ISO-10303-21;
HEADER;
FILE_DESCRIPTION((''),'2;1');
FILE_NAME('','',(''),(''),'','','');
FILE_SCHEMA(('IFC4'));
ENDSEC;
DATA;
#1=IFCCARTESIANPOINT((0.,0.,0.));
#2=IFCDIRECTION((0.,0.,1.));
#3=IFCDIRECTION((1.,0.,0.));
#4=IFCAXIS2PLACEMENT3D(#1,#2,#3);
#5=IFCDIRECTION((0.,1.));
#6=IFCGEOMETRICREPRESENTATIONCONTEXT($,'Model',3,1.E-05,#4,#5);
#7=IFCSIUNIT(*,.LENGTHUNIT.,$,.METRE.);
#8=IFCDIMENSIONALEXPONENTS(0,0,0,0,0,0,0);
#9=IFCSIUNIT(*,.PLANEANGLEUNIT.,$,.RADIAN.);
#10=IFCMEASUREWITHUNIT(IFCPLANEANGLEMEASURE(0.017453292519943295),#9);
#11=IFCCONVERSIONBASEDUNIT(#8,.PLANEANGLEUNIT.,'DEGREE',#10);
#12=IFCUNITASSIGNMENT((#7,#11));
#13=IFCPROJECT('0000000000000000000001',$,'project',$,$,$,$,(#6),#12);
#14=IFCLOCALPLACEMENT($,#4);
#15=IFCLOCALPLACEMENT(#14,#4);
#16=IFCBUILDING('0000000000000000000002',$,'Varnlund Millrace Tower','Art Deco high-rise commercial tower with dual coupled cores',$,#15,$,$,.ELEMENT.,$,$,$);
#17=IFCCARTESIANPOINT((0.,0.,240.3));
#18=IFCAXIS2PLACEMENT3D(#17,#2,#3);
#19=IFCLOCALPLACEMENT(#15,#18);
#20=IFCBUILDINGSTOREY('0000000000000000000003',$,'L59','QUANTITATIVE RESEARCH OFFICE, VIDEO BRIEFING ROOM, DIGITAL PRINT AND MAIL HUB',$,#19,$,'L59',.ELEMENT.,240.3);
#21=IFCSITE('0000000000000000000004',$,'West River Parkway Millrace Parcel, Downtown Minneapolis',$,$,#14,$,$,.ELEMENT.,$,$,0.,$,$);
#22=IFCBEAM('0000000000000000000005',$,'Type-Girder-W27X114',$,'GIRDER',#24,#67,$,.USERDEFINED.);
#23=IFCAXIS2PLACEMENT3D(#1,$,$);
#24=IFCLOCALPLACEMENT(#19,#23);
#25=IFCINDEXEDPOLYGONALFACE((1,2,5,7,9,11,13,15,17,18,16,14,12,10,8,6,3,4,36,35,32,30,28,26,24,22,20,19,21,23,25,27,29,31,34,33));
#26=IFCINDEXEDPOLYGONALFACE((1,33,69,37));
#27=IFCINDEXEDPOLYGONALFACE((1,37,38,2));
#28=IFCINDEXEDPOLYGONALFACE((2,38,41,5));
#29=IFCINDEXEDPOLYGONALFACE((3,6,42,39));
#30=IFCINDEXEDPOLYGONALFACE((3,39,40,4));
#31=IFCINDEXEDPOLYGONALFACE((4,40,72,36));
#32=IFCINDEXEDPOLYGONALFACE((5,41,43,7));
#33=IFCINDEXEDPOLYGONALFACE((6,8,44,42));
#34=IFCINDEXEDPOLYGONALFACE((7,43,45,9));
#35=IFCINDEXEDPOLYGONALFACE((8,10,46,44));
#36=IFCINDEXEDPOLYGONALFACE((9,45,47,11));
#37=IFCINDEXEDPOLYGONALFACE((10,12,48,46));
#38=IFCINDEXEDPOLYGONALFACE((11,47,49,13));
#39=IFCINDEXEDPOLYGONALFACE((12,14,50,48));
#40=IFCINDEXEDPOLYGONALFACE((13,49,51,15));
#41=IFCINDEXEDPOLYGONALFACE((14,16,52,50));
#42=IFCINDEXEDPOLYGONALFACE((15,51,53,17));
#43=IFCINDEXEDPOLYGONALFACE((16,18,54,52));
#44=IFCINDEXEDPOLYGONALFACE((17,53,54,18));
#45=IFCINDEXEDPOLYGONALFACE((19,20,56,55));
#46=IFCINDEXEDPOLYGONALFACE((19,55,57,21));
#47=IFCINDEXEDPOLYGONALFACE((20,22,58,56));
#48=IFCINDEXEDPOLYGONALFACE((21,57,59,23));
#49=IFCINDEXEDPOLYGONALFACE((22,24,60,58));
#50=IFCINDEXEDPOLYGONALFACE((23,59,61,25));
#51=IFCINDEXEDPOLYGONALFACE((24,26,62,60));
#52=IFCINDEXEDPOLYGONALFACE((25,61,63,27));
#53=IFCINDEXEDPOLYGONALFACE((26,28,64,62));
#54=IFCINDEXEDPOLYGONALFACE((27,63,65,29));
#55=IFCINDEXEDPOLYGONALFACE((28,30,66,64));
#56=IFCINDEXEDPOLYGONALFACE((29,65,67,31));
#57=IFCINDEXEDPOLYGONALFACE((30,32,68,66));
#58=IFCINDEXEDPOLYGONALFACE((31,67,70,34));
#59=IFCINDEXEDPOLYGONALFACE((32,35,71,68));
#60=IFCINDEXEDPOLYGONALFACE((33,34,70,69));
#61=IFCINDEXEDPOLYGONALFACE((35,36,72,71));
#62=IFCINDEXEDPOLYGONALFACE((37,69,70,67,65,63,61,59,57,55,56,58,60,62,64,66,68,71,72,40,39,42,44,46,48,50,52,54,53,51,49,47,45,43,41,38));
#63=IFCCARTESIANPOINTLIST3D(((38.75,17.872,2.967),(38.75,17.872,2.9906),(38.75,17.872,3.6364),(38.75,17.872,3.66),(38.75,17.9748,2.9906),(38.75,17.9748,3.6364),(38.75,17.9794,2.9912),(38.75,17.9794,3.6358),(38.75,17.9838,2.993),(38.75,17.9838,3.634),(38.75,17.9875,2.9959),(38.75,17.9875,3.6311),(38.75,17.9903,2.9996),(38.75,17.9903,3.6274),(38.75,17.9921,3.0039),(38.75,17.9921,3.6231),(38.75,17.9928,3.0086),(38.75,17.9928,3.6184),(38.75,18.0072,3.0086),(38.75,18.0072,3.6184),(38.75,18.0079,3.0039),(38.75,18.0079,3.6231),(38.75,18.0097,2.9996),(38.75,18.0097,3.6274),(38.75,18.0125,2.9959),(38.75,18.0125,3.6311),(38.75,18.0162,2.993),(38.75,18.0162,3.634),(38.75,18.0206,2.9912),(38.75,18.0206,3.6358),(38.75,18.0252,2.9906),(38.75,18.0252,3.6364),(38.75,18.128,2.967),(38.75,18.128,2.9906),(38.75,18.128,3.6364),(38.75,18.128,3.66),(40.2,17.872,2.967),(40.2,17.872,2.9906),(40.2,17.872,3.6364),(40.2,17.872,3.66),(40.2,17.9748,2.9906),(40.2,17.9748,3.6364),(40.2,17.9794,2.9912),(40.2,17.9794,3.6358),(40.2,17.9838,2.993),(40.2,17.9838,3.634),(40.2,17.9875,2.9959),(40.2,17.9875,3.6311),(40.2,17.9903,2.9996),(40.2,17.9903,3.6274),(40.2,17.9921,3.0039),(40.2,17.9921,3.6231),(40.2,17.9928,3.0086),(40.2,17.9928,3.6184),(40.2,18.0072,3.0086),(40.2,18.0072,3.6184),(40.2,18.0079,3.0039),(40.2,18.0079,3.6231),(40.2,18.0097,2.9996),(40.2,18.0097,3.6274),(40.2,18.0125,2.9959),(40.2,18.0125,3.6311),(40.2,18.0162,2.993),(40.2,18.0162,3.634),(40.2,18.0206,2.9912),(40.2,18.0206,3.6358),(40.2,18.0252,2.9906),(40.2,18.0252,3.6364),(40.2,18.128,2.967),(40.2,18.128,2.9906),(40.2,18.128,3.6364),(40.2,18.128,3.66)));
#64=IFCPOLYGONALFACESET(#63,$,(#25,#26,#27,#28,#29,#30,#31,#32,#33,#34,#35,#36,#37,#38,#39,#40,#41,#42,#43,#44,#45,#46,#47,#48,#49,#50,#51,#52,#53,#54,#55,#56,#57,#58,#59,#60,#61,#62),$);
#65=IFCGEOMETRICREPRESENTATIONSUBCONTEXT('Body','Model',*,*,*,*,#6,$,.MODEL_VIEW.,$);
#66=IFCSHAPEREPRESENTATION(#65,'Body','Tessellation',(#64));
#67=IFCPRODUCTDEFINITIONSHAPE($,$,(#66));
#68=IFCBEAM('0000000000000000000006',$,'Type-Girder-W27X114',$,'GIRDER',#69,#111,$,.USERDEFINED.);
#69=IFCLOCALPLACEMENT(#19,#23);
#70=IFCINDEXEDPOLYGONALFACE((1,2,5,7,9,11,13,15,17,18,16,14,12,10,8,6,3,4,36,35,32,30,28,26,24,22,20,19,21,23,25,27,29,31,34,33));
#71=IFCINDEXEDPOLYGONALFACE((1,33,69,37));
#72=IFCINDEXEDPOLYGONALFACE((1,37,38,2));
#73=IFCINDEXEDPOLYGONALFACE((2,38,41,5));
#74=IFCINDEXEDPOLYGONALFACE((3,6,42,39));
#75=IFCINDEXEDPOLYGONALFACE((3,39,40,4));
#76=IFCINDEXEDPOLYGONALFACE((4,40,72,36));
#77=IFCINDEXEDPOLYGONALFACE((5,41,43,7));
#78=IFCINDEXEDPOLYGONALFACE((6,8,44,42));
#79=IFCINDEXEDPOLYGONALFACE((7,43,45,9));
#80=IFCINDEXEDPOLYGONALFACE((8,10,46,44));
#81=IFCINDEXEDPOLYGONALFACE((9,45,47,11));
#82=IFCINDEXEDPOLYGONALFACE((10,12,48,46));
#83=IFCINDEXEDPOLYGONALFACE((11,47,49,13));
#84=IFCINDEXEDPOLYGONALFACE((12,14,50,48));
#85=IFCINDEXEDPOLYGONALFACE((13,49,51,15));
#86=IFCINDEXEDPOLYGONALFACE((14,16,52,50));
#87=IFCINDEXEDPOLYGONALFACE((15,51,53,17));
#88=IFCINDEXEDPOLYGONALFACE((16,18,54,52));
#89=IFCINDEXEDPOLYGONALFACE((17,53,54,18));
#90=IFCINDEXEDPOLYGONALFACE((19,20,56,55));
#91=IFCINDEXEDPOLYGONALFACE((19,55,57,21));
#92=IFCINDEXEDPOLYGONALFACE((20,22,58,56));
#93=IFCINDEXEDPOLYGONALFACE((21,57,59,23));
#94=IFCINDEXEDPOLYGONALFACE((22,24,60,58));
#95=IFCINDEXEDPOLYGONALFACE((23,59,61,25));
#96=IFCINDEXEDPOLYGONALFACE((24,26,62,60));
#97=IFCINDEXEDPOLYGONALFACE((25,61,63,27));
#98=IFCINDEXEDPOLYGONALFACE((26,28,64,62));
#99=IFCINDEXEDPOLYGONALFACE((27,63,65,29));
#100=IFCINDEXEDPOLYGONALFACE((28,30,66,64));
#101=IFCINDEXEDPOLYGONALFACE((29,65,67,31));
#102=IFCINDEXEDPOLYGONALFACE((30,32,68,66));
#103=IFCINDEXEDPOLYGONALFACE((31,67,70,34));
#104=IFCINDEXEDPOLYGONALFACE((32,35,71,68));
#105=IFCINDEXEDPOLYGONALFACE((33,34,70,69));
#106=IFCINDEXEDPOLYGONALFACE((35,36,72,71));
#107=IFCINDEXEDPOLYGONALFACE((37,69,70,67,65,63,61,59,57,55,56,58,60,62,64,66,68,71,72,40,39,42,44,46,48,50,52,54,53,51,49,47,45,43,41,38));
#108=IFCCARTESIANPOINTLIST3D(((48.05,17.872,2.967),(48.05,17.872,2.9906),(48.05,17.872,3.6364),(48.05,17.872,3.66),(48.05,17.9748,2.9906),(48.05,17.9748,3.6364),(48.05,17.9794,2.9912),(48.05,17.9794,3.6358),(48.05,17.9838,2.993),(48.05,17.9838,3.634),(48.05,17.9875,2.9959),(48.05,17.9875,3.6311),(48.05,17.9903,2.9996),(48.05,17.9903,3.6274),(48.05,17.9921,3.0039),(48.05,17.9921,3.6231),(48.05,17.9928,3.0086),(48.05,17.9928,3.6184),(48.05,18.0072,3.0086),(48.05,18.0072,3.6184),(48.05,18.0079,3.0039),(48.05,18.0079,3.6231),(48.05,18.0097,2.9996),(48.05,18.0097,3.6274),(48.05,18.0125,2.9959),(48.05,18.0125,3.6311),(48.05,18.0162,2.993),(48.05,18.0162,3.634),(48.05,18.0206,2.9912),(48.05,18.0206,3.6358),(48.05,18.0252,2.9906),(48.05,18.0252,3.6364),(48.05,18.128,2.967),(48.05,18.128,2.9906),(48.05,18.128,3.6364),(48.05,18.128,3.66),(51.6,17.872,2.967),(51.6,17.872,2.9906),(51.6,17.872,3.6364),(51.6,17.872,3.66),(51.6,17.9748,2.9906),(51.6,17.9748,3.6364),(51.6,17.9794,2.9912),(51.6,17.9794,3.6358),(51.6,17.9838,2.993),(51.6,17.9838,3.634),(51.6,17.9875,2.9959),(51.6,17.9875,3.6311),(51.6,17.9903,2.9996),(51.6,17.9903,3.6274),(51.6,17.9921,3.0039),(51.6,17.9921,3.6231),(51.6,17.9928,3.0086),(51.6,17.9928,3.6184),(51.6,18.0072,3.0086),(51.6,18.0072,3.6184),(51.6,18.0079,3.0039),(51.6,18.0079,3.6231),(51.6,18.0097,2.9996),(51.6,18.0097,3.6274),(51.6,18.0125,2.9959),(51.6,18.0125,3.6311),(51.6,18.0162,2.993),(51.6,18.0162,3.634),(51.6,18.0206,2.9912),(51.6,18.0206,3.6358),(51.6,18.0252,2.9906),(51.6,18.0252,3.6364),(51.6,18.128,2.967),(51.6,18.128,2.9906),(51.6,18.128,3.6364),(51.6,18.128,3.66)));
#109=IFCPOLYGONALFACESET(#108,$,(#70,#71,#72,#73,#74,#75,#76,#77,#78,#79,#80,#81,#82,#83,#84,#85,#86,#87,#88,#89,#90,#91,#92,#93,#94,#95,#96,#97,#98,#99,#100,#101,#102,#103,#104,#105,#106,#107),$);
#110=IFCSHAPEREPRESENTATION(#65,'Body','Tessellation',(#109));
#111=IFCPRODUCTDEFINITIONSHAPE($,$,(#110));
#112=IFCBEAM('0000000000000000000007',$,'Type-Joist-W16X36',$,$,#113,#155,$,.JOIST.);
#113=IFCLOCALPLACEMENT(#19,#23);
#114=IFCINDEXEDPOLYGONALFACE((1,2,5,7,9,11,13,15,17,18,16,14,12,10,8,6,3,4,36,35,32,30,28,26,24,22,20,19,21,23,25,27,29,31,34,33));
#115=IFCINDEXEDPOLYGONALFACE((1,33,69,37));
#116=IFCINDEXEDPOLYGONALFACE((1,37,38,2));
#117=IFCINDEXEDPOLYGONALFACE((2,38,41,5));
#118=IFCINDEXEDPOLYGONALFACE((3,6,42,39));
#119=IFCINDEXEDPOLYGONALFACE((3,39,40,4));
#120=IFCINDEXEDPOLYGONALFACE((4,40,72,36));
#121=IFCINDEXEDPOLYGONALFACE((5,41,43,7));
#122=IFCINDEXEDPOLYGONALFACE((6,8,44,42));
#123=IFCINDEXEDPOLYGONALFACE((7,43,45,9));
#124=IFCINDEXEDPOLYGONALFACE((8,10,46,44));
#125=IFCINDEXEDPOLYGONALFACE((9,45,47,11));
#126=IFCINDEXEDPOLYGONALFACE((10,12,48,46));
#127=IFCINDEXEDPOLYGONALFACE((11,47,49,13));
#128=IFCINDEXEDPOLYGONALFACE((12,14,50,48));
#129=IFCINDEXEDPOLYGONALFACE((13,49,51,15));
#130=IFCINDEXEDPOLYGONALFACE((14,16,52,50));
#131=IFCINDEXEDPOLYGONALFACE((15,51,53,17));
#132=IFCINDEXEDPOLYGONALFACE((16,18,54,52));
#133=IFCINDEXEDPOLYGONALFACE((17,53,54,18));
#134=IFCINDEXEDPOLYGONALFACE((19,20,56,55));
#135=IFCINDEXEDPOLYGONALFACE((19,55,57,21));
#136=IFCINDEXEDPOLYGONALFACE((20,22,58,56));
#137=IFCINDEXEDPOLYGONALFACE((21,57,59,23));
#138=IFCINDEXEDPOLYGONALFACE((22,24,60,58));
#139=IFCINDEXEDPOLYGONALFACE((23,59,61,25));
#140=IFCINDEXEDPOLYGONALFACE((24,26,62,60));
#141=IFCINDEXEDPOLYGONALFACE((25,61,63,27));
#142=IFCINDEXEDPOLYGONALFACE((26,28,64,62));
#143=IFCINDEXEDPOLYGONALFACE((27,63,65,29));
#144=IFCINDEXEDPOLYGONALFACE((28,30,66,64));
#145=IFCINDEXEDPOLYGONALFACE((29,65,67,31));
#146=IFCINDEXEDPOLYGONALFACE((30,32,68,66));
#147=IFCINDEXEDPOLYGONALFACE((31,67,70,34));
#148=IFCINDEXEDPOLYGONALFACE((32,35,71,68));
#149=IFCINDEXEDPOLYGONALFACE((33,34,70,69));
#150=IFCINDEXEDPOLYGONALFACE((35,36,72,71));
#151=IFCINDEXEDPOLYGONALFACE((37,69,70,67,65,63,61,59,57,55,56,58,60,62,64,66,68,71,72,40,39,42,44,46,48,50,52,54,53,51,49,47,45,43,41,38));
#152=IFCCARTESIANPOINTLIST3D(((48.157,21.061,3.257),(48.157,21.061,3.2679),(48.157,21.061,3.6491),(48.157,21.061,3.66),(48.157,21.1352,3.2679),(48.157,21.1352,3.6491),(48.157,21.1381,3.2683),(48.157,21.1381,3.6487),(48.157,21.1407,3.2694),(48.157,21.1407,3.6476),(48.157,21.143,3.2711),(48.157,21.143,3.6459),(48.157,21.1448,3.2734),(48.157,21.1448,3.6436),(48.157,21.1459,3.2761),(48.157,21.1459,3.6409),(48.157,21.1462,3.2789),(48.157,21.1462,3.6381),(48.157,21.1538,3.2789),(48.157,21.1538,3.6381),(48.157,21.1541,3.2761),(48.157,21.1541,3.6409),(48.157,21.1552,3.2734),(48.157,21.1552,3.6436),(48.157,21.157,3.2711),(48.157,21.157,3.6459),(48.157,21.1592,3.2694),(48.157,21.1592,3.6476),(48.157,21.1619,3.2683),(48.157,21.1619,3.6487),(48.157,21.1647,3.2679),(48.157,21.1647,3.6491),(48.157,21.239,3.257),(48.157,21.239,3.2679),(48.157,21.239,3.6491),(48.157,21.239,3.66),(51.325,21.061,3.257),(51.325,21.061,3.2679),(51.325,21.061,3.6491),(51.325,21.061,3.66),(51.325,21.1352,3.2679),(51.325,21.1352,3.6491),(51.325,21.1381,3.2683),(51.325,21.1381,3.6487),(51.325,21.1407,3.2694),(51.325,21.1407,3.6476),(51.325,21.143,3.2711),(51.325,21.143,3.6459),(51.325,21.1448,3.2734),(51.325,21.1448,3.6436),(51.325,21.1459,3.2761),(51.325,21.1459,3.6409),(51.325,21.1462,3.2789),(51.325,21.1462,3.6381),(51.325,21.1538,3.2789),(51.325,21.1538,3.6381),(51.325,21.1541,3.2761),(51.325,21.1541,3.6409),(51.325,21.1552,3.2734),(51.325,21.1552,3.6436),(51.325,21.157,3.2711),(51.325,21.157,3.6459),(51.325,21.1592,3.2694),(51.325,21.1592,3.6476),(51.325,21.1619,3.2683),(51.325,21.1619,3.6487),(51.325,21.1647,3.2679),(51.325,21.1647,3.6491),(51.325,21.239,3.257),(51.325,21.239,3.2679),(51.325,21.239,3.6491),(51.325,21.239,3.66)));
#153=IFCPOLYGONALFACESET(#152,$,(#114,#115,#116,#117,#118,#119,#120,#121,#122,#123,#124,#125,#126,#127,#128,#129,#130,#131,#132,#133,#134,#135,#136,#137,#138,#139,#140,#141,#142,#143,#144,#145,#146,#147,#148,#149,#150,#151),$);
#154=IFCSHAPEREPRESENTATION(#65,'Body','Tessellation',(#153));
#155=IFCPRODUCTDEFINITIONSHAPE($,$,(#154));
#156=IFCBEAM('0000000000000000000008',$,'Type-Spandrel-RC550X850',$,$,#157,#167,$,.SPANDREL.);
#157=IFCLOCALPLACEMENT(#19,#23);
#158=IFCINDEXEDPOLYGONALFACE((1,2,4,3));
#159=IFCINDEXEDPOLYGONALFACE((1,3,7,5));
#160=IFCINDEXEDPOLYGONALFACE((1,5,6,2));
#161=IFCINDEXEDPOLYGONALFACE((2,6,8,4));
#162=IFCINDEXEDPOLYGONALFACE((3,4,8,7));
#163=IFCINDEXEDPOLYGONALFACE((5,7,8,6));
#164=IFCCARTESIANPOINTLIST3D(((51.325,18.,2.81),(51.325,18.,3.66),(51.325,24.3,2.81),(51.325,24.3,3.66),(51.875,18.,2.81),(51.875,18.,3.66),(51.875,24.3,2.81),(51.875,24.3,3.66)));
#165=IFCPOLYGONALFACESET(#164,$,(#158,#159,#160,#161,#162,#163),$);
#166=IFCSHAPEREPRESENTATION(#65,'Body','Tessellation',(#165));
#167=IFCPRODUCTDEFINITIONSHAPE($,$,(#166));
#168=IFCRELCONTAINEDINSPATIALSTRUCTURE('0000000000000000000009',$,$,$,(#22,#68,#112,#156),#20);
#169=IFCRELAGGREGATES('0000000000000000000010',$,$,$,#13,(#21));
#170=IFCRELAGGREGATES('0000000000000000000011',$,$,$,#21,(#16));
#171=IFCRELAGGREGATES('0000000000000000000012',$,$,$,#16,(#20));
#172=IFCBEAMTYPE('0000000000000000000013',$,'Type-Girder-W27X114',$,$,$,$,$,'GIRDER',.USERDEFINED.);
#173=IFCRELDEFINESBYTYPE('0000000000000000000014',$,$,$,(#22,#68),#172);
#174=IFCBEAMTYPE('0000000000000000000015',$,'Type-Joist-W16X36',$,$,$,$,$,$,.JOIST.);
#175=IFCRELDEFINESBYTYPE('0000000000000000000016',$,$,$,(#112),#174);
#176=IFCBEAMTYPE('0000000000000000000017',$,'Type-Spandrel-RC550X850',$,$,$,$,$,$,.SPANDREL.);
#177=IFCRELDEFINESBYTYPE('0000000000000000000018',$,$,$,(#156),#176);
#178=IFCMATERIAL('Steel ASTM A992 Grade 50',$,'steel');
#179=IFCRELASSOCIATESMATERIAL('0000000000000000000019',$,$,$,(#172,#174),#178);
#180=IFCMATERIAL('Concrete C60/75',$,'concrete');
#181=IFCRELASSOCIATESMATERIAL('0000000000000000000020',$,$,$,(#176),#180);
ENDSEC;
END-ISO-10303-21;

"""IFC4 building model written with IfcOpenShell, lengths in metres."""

from ifc_helpers import new_model, entity, si_unit, converted_unit, direction, frame, origin_with_axes, origin_2d_with_axis, place, context, subcontext, project, spatial, rectangle, i_section, extrude, material, material_profile, profile_set, type_object, element, save


model = new_model("IFC4")

# Units and contexts
model_context = context("Model", 3, precision=1e-05, world=origin_with_axes(), true_north=direction((0.0, 1.0)))
body_context = subcontext(model_context, "Body", "Model", "MODEL_VIEW")
ifc_project = project(units=[si_unit("LENGTHUNIT", "METRE"), converted_unit("PLANEANGLEUNIT", "DEGREE", entity("IfcPlaneAngleMeasure", 0.017453292519943295), si_unit("PLANEANGLEUNIT", "RADIAN"), dimensions=[0, 0, 0, 0, 0, 0, 0])], contexts=[model_context])

# Site, building, storey
site_placement = place(None, origin_with_axes())
site = spatial("IfcSite", under=ifc_project, at=site_placement, Name="West River Parkway Millrace Parcel, Downtown Minneapolis", CompositionType="ELEMENT", RefElevation=0.0)
building_placement = place(site_placement, origin_with_axes())
building = spatial("IfcBuilding", under=site, at=building_placement, Name="Varnlund Millrace Tower", Description="Art Deco high-rise commercial tower with dual coupled cores", CompositionType="ELEMENT")
storey_placement = place(building_placement, frame((0.0, 0.0, 240.3), z_axis=(0.0, 0.0, 1.0), x_axis=(1.0, 0.0, 0.0)))
storey = spatial("IfcBuildingStorey", under=building, at=storey_placement, Name="L59", Description="QUANTITATIVE RESEARCH OFFICE, VIDEO BRIEFING ROOM, DIGITAL PRINT AND MAIL HUB", LongName="L59", CompositionType="ELEMENT", Elevation=240.3)

# Beams
ifc_material_1 = material(Name="Steel ASTM A992 Grade 50", Category="steel")
ifc_material_profile_1 = material_profile(ifc_material_1, i_section(OverallWidth=0.256, OverallDepth=0.693, WebThickness=0.0145, FlangeThickness=0.0236, FilletRadius=0.018, at=origin_2d_with_axis()), Name="Steel ASTM A992 Grade 50")
ifc_profile_set_1 = profile_set([ifc_material_profile_1], Name="Steel ASTM A992 Grade 50")
beam_type_1 = type_object("IfcBeamType", Name="Type-Girder-W27X114", ElementType="GIRDER", PredefinedType="USERDEFINED", material=ifc_profile_set_1)
beam_1_placement = place(storey_placement, frame((38.75, 18.0, 3.3135), z_axis=(1.0, 0.0, 0.0), x_axis=(0.0, 1.0, 0.0)))
element("IfcBeam", 1, at=beam_1_placement, inside=storey, type_object=beam_type_1, Name="Type-Girder-W27X114", ObjectType="GIRDER", PredefinedType="USERDEFINED", context=body_context, shape_type="SweptSolid", body=[
    extrude(i_section(OverallWidth=0.256, OverallDepth=0.693, WebThickness=0.0145, FlangeThickness=0.0236, FilletRadius=0.018, at=origin_2d_with_axis()), origin_with_axes(), (0.0, 0.0, 1.0), 1.45),
])
beam_2_placement = place(storey_placement, frame((48.05, 18.0, 3.3135), z_axis=(1.0, 0.0, 0.0), x_axis=(0.0, 1.0, 0.0)))
element("IfcBeam", 2, at=beam_2_placement, inside=storey, type_object=beam_type_1, Name="Type-Girder-W27X114", ObjectType="GIRDER", PredefinedType="USERDEFINED", context=body_context, shape_type="SweptSolid", body=[
    extrude(i_section(OverallWidth=0.256, OverallDepth=0.693, WebThickness=0.0145, FlangeThickness=0.0236, FilletRadius=0.018, at=origin_2d_with_axis()), origin_with_axes(), (0.0, 0.0, 1.0), 3.55),
])
ifc_material_profile_2 = material_profile(ifc_material_1, i_section(OverallWidth=0.178, OverallDepth=0.403, WebThickness=0.0075, FlangeThickness=0.0109, FilletRadius=0.011, at=origin_2d_with_axis()), Name="Steel ASTM A992 Grade 50")
ifc_profile_set_2 = profile_set([ifc_material_profile_2], Name="Steel ASTM A992 Grade 50")
beam_type_2 = type_object("IfcBeamType", Name="Type-Joist-W16X36", PredefinedType="JOIST", material=ifc_profile_set_2)
beam_3_placement = place(storey_placement, frame((48.157, 21.15, 3.4585), z_axis=(1.0, 0.0, 0.0), x_axis=(0.0, 1.0, 0.0)))
element("IfcBeam", 3, at=beam_3_placement, inside=storey, type_object=beam_type_2, Name="Type-Joist-W16X36", PredefinedType="JOIST", context=body_context, shape_type="SweptSolid", body=[
    extrude(i_section(OverallWidth=0.178, OverallDepth=0.403, WebThickness=0.0075, FlangeThickness=0.0109, FilletRadius=0.011, at=origin_2d_with_axis()), origin_with_axes(), (0.0, 0.0, 1.0), 3.168),
])
ifc_material_2 = material(Name="Concrete C60/75", Category="concrete")
ifc_material_profile_3 = material_profile(ifc_material_2, rectangle(XDim=0.55, YDim=0.85, at=origin_2d_with_axis()), Name="Concrete C60/75")
ifc_profile_set_3 = profile_set([ifc_material_profile_3], Name="Concrete C60/75")
beam_type_3 = type_object("IfcBeamType", Name="Type-Spandrel-RC550X850", PredefinedType="SPANDREL", material=ifc_profile_set_3)
beam_4_placement = place(storey_placement, frame((51.6, 18.0, 3.235), z_axis=(0.0, 1.0, 0.0), x_axis=(-1.0, 0.0, 0.0)))
element("IfcBeam", 4, at=beam_4_placement, inside=storey, type_object=beam_type_3, Name="Type-Spandrel-RC550X850", PredefinedType="SPANDREL", context=body_context, shape_type="SweptSolid", body=[
    extrude(rectangle(XDim=0.55, YDim=0.85, at=origin_2d_with_axis()), origin_with_axes(), (0.0, 0.0, 1.0), 6.3),
])

save(model, "model.ifc")
